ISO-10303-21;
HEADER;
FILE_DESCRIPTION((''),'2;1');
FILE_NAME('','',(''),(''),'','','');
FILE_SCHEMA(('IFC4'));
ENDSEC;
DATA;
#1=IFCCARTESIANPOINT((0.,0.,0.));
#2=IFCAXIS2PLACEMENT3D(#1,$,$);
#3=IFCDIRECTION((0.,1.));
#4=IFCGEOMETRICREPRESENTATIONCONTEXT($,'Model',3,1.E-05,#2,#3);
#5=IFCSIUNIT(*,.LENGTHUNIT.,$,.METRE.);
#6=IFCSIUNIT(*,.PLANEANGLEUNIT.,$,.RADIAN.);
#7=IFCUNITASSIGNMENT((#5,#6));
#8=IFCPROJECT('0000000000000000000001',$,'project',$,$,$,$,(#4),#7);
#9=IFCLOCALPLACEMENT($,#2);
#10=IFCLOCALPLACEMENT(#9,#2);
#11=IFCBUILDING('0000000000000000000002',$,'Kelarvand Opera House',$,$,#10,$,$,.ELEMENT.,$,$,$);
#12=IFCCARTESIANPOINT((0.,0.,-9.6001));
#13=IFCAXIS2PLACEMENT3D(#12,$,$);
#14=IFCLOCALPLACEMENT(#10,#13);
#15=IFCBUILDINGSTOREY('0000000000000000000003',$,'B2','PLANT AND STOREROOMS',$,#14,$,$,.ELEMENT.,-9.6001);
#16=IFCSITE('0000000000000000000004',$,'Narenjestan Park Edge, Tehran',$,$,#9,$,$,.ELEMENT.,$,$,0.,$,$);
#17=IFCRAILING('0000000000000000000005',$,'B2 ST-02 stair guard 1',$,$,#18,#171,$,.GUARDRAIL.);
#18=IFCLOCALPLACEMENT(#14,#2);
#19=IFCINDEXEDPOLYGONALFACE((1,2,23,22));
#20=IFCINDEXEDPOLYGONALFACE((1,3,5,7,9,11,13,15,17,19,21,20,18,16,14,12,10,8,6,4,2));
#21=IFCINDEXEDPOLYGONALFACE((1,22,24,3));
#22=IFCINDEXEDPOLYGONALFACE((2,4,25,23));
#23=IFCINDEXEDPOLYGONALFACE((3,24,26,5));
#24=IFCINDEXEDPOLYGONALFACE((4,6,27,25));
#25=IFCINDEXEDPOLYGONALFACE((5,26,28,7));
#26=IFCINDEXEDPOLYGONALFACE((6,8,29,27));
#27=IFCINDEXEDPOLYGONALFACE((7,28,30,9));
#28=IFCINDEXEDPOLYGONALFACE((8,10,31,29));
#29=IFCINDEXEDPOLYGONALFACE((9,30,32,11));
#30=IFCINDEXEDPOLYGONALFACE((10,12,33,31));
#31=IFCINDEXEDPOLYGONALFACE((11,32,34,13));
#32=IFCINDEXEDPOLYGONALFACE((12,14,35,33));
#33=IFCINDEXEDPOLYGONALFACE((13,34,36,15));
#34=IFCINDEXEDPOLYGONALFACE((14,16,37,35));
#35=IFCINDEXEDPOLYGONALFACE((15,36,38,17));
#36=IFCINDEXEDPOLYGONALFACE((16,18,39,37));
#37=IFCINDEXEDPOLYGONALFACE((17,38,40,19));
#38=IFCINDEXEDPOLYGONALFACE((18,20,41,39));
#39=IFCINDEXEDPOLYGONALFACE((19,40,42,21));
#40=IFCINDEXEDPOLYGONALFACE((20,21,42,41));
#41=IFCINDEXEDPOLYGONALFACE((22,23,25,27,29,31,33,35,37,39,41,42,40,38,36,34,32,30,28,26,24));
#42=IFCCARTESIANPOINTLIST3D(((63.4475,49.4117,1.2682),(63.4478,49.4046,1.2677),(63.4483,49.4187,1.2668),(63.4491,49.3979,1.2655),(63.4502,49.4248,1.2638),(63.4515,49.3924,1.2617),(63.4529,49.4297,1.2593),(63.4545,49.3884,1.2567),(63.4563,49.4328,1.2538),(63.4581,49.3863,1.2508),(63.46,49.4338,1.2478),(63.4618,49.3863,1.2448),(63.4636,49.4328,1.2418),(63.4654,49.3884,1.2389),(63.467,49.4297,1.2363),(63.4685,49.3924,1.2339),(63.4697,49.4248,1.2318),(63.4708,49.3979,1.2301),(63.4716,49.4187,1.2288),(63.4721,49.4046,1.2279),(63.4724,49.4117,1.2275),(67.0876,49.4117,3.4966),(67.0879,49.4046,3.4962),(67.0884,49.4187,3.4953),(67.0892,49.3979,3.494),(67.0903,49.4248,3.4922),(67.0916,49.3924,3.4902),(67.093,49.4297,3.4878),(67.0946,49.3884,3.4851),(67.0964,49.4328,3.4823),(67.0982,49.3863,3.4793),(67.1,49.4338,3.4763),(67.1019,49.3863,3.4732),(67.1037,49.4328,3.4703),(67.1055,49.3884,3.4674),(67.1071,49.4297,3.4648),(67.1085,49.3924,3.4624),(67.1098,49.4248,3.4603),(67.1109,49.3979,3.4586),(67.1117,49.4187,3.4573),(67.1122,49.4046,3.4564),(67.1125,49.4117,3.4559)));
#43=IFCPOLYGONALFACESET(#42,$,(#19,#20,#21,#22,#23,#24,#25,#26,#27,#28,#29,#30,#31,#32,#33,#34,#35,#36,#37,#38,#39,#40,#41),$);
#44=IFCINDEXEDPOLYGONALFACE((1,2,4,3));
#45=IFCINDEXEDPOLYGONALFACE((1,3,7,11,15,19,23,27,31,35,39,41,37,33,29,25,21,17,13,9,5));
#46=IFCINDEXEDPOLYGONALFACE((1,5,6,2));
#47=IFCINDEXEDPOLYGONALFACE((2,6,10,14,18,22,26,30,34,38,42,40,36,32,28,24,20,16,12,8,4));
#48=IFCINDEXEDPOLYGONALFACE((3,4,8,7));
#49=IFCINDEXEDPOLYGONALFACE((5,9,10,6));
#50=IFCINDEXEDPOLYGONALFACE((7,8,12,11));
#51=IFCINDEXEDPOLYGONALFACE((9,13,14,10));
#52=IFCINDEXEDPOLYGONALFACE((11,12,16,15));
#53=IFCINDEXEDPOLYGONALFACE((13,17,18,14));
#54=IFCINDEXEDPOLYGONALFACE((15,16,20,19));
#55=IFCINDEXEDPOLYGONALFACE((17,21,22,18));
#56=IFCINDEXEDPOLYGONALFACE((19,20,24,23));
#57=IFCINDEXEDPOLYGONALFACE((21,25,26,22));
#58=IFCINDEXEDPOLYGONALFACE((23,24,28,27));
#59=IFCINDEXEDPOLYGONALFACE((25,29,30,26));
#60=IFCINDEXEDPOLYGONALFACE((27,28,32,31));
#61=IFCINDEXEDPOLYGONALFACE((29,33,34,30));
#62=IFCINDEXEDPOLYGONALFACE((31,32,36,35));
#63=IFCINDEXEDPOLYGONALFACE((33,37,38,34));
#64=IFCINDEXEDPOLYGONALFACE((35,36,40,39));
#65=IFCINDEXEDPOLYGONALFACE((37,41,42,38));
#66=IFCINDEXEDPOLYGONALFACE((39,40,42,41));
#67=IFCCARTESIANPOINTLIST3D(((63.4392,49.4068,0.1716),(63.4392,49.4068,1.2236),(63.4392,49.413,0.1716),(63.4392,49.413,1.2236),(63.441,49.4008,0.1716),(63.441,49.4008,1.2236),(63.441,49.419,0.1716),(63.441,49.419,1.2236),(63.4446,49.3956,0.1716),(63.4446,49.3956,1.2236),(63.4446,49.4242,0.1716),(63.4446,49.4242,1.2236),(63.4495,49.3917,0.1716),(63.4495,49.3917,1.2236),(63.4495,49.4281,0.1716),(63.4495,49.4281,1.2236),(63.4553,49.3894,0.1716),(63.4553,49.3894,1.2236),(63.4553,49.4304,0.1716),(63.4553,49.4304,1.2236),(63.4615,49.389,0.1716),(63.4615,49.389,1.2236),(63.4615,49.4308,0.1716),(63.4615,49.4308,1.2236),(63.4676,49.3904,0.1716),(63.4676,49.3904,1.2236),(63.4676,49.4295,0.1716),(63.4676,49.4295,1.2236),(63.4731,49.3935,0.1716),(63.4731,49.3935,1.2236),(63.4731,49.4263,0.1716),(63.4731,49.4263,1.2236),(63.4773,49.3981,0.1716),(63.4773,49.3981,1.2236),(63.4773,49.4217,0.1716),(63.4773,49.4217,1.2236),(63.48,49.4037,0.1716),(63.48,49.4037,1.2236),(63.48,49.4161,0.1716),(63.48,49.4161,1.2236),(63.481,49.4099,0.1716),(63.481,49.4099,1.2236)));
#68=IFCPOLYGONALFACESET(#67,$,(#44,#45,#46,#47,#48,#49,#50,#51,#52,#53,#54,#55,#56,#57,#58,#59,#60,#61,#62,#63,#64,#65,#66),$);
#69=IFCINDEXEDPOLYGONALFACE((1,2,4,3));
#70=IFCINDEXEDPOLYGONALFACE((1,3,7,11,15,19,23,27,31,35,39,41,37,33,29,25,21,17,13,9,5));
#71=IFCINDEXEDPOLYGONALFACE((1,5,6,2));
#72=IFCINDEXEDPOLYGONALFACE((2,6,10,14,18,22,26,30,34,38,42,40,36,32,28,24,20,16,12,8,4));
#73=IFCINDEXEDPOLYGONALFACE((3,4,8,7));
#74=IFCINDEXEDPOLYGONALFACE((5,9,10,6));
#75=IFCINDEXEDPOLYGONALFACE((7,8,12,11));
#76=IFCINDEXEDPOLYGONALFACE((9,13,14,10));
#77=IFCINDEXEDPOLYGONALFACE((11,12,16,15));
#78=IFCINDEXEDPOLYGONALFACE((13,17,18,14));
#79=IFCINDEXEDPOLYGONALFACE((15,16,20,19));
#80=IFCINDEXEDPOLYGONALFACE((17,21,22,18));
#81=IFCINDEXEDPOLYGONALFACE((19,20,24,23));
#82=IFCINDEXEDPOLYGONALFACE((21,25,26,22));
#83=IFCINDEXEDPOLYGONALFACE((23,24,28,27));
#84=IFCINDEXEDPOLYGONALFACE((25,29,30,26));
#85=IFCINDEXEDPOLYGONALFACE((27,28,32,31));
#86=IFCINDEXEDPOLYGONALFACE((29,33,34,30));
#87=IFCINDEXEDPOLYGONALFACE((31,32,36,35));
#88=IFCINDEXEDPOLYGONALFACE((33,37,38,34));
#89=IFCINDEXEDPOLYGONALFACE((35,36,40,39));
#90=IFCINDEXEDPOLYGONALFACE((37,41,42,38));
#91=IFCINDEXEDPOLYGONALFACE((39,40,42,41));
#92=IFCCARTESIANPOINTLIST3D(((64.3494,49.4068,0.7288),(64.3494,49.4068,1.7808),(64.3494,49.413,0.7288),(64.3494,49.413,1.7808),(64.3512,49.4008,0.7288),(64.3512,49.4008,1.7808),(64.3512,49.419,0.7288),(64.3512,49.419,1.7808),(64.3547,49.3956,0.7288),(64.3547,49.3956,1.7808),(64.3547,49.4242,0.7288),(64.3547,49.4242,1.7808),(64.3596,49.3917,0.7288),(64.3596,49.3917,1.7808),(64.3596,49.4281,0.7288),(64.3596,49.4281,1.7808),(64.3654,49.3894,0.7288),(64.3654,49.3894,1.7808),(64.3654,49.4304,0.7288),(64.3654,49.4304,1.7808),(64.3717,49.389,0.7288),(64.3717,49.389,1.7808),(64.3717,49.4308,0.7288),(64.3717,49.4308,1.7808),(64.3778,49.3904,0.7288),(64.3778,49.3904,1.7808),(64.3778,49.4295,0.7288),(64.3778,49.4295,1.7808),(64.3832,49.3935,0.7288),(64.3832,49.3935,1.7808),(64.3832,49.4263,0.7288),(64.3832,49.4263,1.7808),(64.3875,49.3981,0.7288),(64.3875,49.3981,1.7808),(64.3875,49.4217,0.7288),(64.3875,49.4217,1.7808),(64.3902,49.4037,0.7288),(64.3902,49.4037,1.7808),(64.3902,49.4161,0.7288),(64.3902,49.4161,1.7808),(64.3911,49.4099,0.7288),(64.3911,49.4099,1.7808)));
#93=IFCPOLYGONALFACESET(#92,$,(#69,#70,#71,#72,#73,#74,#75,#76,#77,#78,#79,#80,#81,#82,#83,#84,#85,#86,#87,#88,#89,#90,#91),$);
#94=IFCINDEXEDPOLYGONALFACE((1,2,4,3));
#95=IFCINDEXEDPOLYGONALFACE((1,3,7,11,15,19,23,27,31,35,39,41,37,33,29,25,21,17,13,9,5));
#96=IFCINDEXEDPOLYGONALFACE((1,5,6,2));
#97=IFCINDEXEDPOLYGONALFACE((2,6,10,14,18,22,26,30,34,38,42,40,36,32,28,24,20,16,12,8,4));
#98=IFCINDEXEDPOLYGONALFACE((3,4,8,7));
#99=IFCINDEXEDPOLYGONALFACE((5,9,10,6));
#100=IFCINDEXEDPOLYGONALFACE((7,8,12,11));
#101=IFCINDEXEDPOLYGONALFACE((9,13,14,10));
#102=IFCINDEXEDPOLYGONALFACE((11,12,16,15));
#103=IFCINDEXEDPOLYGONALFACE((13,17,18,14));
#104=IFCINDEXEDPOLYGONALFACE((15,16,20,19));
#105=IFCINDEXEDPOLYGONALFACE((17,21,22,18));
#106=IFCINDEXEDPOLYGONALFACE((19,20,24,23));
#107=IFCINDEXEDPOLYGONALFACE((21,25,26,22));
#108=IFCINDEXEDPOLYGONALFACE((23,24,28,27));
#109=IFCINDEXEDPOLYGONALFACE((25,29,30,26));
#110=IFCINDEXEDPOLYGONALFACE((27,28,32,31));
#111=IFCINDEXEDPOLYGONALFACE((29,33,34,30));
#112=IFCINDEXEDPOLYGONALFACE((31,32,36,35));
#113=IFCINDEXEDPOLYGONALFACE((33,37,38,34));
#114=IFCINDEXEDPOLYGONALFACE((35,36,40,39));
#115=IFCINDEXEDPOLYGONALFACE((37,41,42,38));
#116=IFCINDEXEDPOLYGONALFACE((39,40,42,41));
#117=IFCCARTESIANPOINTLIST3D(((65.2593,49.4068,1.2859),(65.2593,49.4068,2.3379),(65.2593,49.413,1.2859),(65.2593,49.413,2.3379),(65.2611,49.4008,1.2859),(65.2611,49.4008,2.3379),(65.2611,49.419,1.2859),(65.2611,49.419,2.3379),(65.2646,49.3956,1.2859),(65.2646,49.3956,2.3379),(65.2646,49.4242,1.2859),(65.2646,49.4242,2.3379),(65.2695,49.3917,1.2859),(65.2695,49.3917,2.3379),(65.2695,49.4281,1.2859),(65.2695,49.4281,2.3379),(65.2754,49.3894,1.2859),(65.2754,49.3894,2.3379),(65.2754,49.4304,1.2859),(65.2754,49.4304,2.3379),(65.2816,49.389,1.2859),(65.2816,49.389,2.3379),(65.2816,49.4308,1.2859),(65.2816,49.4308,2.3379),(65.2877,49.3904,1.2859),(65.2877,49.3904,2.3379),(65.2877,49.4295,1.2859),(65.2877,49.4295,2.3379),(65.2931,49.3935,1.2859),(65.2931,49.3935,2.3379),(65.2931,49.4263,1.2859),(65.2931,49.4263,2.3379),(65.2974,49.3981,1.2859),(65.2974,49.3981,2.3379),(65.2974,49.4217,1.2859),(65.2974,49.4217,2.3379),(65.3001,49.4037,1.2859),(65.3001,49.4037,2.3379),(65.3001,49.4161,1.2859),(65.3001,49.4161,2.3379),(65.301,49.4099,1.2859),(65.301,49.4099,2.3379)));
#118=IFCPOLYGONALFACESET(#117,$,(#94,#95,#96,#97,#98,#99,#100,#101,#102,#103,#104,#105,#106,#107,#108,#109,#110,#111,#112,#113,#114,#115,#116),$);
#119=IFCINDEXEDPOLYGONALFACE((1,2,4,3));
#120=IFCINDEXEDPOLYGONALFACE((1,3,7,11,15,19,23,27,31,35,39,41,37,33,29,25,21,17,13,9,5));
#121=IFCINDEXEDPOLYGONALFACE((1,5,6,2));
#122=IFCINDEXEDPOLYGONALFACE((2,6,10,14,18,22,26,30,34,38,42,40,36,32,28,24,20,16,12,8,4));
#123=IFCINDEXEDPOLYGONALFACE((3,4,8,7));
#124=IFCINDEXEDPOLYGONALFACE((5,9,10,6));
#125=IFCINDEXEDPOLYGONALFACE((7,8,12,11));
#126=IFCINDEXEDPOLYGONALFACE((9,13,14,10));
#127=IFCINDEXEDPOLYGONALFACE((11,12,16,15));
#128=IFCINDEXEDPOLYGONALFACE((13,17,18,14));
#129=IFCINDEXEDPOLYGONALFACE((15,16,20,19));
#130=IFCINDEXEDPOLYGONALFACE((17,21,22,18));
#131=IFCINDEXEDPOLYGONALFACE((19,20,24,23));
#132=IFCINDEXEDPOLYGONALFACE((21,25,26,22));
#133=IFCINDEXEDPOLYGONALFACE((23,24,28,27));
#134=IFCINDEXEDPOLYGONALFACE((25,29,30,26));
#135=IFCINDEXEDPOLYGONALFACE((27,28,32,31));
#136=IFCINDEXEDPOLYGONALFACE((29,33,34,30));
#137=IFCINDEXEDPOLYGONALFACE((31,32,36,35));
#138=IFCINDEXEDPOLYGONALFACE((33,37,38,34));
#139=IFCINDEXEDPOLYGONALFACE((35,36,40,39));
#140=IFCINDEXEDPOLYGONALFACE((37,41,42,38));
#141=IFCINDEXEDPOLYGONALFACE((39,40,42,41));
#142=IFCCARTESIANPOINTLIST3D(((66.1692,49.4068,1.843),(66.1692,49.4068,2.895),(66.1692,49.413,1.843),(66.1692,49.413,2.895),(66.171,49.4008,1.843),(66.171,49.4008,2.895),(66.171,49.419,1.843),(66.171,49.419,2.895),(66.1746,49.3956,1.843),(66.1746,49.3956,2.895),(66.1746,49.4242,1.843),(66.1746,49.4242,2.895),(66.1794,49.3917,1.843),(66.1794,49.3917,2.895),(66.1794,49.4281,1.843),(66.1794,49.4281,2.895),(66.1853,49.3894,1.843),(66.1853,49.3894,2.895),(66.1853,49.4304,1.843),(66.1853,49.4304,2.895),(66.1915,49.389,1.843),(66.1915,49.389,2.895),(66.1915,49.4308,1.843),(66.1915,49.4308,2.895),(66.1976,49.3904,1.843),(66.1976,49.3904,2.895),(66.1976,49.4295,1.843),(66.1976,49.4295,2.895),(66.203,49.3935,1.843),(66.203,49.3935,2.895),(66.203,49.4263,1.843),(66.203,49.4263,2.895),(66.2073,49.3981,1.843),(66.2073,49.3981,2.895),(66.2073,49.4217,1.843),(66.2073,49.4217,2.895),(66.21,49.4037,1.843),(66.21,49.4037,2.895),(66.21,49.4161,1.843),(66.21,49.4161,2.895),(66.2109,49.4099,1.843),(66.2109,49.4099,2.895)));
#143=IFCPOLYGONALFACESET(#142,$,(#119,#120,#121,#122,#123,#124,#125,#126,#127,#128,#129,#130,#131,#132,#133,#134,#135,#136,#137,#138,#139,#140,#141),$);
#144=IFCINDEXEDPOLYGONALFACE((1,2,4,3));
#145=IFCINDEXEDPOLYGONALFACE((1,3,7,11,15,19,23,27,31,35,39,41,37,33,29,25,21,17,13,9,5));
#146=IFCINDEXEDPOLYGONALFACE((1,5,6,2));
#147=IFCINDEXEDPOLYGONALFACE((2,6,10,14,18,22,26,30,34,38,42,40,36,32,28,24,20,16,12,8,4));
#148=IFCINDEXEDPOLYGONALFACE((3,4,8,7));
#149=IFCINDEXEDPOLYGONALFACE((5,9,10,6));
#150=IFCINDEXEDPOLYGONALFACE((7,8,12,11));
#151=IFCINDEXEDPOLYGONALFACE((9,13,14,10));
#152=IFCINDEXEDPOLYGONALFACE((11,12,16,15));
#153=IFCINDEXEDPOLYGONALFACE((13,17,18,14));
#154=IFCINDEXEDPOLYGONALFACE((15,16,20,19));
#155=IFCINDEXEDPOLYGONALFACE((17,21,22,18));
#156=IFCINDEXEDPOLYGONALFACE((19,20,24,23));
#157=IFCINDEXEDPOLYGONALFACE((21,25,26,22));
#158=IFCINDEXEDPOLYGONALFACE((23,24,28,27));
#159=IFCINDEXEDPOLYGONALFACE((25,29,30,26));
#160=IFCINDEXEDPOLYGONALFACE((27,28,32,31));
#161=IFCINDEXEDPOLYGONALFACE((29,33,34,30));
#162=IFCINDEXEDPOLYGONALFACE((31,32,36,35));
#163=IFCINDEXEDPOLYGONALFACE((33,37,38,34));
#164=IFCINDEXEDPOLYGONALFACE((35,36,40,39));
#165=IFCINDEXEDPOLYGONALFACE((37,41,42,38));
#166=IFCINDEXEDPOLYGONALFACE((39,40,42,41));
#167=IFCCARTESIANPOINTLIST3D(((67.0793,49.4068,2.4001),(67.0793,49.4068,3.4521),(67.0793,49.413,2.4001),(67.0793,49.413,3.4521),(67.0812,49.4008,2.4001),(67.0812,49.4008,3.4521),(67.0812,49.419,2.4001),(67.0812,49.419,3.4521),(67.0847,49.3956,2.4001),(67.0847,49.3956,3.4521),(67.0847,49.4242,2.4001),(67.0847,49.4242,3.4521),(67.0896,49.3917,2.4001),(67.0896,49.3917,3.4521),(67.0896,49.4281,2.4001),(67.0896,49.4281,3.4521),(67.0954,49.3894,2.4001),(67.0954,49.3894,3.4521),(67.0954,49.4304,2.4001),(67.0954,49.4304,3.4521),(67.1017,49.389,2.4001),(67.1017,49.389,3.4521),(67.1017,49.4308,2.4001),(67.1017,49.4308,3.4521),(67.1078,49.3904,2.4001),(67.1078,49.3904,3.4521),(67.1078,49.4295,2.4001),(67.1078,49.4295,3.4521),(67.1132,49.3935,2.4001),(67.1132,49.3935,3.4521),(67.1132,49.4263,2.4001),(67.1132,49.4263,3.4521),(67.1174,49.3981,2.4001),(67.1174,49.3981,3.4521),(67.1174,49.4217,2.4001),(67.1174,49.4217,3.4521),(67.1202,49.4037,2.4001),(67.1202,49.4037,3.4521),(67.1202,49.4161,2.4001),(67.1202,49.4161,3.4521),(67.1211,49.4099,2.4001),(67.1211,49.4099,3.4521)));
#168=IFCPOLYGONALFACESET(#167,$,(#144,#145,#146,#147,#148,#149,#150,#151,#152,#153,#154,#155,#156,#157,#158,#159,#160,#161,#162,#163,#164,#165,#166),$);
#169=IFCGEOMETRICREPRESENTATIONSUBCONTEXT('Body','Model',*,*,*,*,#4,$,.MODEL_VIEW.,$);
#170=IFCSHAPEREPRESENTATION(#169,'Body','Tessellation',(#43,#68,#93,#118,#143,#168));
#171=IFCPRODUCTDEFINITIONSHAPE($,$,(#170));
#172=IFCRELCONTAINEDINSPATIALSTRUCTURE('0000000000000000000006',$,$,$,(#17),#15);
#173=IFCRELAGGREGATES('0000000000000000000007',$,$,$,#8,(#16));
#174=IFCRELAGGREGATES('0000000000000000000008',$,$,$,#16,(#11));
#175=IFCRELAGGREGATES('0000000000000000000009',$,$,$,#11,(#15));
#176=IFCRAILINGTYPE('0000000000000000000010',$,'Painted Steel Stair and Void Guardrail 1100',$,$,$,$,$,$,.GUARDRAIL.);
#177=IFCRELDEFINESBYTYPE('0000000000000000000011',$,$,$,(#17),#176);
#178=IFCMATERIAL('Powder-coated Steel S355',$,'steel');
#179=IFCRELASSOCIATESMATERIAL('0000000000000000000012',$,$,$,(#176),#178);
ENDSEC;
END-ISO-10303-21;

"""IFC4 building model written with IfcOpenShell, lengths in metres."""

from ifc_helpers import new_model, si_unit, direction, frame, origin, origin_2d, place, context, subcontext, project, spatial, circle, extrude, material, type_object, element, save


model = new_model("IFC4")

# Units and contexts
model_context = context("Model", 3, precision=1e-05, world=origin(), true_north=direction((0.0, 1.0)))
body_context = subcontext(model_context, "Body", "Model", "MODEL_VIEW")
ifc_project = project(units=[si_unit("LENGTHUNIT", "METRE"), si_unit("PLANEANGLEUNIT", "RADIAN")], contexts=[model_context])

# Site, building, storey
site_placement = place(None, origin())
site = spatial("IfcSite", under=ifc_project, at=site_placement, Name="Narenjestan Park Edge, Tehran", CompositionType="ELEMENT", RefElevation=0.0)
building_placement = place(site_placement, origin())
building = spatial("IfcBuilding", under=site, at=building_placement, Name="Kelarvand Opera House", CompositionType="ELEMENT")
storey_placement = place(building_placement, frame((0.0, 0.0, -9.6001)))
storey = spatial("IfcBuildingStorey", under=building, at=storey_placement, Name="B2", Description="PLANT AND STOREROOMS", CompositionType="ELEMENT", Elevation=-9.6001)

# Railing
ifc_material_1 = material(Name="Powder-coated Steel S355", Category="steel")
railing_type_1 = type_object("IfcRailingType", Name="Painted Steel Stair and Void Guardrail 1100", PredefinedType="GUARDRAIL", material=ifc_material_1)
railing_1_placement = place(storey_placement, frame((63.46, 49.4099, 0.1716)))
element("IfcRailing", 1, at=railing_1_placement, inside=storey, type_object=railing_type_1, Name="B2 ST-02 stair guard 1", PredefinedType="GUARDRAIL", context=body_context, shape_type="SweptSolid", body=[
    extrude(circle(Radius=0.0239, at=origin_2d()), frame((0.0, 0.0, 1.0762), z_axis=(0.852866, 0.0, 0.52213), x_axis=(0.0, 1.0, 0.0)), (0.0, 0.0, 1.0), 4.2681),
    extrude(circle(Radius=0.021, at=origin_2d()), origin(), (0.0, 0.0, 1.0), 1.052),
    extrude(circle(Radius=0.021, at=origin_2d()), frame((0.9102, 0.0, 0.5571)), (0.0, 0.0, 1.0), 1.052),
    extrude(circle(Radius=0.021, at=origin_2d()), frame((1.8201, 0.0, 1.1143)), (0.0, 0.0, 1.0), 1.052),
    extrude(circle(Radius=0.021, at=origin_2d()), frame((2.73, 0.0, 1.6714)), (0.0, 0.0, 1.0), 1.052),
    extrude(circle(Radius=0.021, at=origin_2d()), frame((3.6401, 0.0, 2.2285)), (0.0, 0.0, 1.0), 1.052),
])

save(model, "model.ifc")
